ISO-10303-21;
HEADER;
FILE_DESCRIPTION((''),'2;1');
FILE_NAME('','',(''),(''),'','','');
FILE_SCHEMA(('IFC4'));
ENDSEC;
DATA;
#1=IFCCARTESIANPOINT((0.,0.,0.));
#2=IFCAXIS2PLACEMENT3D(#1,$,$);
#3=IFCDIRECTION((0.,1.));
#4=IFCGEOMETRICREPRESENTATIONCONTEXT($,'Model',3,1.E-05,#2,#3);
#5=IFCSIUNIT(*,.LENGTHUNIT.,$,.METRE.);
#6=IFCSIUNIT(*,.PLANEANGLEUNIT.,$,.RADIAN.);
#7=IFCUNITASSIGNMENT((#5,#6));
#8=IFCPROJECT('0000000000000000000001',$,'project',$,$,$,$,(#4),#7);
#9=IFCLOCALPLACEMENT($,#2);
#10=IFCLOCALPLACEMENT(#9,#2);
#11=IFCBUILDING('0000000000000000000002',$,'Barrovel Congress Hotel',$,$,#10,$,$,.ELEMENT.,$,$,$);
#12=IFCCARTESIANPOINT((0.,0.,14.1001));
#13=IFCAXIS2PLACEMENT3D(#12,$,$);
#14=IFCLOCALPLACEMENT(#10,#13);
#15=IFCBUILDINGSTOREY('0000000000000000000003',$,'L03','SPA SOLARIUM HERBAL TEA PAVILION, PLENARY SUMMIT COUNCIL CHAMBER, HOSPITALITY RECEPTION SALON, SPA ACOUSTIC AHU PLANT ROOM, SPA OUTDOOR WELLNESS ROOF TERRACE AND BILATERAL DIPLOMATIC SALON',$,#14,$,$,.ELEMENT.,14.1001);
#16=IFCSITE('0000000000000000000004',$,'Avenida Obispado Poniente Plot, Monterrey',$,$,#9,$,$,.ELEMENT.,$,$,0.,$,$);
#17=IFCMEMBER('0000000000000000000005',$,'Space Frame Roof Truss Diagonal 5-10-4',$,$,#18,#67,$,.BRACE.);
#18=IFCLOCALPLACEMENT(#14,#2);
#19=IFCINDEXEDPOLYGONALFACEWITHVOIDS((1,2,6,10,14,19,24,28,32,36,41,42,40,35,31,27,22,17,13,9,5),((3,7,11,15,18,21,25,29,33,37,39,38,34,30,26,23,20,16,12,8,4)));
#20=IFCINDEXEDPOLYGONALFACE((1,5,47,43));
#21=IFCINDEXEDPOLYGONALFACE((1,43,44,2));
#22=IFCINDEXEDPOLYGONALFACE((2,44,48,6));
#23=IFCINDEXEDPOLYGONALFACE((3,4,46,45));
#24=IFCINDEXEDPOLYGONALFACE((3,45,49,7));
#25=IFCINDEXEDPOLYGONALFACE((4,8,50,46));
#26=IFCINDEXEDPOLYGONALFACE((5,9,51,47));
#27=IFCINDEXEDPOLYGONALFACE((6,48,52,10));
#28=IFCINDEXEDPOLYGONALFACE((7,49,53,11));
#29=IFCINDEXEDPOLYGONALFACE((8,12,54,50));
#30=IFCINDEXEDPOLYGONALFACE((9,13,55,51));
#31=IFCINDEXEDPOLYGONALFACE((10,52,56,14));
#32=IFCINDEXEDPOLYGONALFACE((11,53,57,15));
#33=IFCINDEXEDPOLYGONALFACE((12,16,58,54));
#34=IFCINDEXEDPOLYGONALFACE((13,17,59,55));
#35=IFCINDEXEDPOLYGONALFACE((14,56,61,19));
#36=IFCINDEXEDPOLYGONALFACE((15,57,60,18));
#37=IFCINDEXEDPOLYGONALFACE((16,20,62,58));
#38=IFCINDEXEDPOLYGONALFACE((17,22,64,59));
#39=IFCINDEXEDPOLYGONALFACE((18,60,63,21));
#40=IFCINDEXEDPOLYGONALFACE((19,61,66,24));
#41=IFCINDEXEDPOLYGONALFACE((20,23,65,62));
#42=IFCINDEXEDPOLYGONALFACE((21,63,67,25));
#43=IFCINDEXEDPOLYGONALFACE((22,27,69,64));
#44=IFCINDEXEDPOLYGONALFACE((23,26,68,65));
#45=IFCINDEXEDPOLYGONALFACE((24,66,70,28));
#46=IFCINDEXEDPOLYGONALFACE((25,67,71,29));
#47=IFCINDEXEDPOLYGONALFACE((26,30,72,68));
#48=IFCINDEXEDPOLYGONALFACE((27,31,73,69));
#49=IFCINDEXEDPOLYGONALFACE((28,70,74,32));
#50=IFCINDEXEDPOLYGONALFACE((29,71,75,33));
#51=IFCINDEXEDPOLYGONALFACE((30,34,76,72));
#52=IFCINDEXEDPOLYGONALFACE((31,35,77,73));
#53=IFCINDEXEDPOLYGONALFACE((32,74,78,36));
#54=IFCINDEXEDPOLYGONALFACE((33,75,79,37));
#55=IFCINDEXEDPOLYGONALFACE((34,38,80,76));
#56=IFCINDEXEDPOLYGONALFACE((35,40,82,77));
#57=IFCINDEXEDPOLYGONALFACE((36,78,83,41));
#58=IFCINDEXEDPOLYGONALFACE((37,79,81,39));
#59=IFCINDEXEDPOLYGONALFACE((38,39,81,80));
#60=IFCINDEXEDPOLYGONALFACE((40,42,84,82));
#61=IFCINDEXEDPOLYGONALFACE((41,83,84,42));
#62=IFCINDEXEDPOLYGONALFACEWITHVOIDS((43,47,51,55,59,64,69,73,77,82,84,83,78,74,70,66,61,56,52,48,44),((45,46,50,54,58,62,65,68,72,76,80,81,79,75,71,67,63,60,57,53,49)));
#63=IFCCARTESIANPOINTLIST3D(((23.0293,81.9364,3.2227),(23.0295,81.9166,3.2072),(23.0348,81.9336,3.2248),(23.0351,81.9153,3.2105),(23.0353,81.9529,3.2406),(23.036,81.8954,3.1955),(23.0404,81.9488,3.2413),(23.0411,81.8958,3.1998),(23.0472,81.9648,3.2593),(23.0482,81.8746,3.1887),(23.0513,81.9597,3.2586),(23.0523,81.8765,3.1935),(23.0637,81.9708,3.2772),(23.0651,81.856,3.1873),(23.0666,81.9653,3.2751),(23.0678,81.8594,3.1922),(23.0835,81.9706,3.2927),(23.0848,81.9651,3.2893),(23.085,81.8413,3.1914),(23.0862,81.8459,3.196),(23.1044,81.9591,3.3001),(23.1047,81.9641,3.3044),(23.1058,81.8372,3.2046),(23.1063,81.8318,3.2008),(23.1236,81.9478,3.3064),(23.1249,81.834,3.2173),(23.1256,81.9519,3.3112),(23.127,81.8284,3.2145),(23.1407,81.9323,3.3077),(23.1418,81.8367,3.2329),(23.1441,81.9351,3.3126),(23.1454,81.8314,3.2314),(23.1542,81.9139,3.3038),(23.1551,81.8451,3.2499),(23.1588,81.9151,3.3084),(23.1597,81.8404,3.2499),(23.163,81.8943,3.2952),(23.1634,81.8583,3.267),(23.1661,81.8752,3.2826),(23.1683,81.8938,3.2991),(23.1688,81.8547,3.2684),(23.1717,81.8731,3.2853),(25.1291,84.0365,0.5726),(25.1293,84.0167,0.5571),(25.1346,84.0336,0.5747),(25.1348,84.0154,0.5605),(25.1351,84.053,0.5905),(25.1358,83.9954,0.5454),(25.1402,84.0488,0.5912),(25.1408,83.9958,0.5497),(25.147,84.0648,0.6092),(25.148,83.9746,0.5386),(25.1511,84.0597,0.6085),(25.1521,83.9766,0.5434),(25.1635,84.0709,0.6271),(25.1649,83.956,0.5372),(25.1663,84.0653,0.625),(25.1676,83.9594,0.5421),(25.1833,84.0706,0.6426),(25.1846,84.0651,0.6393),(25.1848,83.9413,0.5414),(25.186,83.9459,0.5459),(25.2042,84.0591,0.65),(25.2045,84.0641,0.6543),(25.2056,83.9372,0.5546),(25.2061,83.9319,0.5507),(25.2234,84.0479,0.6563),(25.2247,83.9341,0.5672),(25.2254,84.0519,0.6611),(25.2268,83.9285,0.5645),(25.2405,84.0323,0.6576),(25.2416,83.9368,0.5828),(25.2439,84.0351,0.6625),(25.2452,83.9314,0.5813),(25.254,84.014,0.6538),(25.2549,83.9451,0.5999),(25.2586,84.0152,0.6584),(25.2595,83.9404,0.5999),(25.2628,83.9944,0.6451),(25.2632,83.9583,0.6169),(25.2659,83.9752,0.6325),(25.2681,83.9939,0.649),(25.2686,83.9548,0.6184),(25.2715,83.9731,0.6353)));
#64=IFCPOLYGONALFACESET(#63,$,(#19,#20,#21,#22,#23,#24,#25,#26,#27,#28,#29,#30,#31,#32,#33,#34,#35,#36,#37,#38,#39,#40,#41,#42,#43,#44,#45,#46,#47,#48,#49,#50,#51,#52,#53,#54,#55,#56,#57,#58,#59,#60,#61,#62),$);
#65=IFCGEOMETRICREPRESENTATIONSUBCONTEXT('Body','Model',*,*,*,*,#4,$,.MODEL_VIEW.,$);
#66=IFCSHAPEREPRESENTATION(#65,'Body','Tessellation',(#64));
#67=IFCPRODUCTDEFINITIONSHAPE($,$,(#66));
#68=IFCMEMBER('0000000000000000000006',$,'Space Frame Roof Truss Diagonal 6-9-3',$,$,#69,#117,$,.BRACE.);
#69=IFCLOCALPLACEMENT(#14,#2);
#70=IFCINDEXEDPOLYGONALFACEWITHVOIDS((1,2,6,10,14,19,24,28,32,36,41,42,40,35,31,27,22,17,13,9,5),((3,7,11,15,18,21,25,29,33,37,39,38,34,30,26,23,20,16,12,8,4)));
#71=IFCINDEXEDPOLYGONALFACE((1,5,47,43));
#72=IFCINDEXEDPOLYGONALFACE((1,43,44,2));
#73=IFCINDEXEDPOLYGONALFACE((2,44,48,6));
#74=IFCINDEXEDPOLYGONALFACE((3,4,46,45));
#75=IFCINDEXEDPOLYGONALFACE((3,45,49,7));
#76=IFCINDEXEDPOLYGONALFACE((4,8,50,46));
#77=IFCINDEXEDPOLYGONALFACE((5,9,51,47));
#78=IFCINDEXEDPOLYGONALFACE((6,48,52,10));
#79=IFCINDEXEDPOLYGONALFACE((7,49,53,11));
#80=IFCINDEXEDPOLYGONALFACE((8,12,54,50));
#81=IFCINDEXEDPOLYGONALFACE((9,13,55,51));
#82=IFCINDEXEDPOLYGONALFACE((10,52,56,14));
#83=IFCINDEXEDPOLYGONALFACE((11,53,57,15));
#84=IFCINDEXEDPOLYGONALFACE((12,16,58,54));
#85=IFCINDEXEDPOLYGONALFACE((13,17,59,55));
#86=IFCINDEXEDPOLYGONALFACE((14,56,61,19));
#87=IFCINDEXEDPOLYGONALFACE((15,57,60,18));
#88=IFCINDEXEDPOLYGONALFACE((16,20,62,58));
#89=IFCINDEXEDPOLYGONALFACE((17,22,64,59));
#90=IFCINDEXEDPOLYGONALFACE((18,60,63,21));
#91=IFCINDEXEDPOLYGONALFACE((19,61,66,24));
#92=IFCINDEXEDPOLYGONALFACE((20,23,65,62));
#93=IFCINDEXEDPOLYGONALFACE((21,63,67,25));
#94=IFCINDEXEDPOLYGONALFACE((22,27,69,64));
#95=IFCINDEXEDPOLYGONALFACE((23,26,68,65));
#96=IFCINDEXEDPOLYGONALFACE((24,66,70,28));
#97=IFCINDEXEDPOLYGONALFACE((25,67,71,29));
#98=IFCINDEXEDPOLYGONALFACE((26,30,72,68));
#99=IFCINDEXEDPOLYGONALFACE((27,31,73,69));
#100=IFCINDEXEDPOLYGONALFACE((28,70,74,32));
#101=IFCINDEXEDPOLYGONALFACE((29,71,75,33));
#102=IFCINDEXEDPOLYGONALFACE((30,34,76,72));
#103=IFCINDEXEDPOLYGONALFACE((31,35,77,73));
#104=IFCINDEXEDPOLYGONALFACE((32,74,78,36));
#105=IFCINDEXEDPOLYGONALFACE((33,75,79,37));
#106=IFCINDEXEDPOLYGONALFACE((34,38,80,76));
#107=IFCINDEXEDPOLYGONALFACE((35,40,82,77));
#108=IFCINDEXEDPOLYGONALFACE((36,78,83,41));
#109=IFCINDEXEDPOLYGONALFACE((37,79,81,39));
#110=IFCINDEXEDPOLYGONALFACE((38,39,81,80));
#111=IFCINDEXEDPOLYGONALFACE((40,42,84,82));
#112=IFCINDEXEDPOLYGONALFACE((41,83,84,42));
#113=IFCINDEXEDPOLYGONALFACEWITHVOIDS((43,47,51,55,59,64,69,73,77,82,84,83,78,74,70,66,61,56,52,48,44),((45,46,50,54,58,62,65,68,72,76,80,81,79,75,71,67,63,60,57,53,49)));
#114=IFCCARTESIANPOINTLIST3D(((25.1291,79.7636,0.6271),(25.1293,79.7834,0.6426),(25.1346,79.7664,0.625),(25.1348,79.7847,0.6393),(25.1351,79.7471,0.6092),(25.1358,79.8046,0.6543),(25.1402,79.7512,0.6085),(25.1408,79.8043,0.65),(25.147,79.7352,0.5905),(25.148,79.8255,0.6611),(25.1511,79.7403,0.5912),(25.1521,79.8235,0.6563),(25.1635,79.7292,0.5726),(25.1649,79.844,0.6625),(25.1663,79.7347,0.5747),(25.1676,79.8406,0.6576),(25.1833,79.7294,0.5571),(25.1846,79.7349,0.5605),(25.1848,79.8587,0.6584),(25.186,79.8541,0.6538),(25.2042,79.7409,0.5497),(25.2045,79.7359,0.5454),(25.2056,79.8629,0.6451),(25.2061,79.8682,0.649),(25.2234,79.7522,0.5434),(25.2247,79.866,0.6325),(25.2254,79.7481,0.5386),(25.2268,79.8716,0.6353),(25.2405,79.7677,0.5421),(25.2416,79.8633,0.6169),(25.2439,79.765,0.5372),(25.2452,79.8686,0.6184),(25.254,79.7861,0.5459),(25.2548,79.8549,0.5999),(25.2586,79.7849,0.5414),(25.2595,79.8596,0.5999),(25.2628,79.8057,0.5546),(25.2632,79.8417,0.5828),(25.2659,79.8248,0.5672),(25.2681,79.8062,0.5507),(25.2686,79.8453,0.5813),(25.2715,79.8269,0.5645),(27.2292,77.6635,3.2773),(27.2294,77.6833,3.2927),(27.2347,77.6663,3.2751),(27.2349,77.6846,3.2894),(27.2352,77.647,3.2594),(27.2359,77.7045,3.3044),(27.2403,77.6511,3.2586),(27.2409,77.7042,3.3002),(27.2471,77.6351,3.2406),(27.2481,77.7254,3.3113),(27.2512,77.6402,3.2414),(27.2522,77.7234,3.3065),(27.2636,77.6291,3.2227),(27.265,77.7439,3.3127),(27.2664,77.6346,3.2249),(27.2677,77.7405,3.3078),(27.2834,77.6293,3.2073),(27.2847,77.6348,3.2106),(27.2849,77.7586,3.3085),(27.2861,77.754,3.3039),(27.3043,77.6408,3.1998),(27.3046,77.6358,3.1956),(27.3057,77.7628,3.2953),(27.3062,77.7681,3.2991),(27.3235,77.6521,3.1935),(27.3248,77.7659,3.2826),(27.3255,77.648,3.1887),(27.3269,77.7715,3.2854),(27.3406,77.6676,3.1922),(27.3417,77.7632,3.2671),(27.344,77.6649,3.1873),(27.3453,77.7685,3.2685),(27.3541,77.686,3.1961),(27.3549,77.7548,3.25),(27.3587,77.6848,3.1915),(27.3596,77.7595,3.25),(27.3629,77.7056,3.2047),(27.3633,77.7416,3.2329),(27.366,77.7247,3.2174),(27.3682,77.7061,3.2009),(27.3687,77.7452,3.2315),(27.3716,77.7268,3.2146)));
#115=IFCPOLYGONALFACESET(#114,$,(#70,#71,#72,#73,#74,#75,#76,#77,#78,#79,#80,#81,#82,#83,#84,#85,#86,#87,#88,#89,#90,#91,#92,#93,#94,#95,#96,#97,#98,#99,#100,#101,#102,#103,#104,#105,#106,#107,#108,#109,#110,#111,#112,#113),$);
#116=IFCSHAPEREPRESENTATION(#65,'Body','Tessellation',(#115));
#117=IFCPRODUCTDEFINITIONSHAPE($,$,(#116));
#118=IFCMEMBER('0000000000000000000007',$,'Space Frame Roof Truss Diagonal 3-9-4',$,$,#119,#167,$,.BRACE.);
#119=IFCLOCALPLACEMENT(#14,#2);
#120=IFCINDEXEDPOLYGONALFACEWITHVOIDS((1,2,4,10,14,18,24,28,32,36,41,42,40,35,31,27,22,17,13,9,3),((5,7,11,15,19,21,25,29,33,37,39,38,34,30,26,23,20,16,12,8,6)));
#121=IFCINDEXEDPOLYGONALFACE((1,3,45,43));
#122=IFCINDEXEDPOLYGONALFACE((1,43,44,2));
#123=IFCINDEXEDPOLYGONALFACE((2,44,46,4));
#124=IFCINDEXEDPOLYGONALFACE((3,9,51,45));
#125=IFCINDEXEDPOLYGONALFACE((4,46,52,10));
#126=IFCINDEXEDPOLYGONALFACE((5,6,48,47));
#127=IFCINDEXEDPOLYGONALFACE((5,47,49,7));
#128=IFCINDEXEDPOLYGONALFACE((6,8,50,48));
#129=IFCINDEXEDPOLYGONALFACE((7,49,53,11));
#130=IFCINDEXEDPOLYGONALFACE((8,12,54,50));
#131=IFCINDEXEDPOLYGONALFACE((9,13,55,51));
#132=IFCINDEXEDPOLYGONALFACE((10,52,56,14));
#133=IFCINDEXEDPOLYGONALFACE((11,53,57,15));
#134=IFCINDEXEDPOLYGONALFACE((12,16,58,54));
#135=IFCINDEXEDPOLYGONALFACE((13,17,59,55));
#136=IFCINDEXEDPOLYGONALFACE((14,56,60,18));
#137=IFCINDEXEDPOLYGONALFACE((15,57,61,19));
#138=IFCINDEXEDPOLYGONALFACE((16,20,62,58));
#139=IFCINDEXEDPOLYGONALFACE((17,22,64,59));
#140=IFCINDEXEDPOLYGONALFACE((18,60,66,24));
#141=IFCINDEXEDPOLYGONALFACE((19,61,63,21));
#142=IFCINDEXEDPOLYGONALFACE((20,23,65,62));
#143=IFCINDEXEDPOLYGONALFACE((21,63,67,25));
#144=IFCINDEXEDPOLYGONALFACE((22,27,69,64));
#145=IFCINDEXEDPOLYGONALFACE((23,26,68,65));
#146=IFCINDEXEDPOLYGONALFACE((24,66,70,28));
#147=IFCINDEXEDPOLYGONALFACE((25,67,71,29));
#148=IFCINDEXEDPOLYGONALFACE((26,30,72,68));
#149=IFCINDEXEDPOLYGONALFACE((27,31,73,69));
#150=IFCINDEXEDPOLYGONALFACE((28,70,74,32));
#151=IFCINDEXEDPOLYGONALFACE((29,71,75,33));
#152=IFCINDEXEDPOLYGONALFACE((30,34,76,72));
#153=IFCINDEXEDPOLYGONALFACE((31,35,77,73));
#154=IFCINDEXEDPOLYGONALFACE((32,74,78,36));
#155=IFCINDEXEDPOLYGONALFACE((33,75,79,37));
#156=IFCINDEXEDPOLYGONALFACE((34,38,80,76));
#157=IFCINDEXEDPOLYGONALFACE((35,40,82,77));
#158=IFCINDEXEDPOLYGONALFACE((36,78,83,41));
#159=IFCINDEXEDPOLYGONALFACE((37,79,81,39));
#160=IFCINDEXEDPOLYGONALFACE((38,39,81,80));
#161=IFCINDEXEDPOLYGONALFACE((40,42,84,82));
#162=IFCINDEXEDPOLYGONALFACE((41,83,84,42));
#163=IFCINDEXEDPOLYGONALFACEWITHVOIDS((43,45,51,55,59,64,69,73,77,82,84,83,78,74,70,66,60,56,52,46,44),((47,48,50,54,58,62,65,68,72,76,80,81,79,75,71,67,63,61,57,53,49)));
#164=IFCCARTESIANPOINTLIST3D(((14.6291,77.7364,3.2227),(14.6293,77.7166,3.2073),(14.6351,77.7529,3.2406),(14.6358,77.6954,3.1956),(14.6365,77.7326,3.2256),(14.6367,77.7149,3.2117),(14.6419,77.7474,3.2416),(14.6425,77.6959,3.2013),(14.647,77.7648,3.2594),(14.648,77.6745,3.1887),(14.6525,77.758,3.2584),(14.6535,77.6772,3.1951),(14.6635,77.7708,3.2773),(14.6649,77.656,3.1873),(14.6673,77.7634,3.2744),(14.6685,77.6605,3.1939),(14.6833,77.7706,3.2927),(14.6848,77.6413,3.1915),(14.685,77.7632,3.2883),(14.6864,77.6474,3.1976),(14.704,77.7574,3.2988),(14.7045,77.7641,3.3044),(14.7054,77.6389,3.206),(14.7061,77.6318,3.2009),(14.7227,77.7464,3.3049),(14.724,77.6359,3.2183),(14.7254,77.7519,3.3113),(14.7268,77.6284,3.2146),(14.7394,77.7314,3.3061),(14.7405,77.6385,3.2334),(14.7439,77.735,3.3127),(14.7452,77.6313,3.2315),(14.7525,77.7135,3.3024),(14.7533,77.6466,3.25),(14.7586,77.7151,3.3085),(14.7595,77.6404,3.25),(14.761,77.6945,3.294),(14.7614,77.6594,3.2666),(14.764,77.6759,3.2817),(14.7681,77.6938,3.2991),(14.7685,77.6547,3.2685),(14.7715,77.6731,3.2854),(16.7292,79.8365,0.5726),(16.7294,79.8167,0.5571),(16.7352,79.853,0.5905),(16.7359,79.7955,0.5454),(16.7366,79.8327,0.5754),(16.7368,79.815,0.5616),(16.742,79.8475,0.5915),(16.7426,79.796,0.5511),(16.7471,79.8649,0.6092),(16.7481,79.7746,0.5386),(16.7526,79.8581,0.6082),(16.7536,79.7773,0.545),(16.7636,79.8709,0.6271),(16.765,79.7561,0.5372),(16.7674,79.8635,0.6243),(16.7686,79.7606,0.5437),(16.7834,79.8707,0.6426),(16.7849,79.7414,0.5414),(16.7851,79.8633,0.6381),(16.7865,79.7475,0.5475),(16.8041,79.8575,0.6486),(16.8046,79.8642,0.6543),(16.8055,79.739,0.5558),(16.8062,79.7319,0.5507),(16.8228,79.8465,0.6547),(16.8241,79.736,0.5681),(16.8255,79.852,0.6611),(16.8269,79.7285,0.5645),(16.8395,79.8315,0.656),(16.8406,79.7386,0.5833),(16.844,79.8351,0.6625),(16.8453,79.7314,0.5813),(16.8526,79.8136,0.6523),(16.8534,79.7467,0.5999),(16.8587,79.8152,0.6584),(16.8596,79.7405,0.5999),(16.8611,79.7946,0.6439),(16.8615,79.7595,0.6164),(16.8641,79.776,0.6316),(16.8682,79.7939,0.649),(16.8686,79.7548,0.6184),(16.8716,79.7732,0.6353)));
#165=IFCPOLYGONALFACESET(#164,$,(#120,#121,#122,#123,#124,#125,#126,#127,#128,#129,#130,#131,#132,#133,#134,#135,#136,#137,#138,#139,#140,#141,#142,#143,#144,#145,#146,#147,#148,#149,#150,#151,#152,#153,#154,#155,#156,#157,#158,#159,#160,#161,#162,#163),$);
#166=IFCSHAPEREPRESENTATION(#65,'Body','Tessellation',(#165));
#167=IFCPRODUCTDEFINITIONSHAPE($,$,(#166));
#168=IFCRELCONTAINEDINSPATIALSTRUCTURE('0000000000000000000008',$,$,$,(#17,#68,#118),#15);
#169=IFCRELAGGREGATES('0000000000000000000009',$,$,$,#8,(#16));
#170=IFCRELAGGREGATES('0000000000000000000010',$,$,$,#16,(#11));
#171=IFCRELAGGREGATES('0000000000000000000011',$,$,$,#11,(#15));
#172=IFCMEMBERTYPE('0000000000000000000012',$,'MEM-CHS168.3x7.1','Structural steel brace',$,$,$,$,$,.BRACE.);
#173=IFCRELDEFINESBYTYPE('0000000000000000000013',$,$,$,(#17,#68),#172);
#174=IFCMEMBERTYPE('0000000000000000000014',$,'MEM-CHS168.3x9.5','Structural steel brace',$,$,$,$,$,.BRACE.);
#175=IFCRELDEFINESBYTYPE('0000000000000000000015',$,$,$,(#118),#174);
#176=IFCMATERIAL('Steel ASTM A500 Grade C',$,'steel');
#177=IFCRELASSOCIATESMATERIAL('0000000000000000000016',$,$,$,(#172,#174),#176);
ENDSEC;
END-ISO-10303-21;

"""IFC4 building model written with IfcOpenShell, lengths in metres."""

from ifc_helpers import new_model, si_unit, direction, frame, origin, origin_2d, place, context, subcontext, project, spatial, hollow_circle, extrude, material, material_profile, profile_set, type_object, element, save


model = new_model("IFC4")

# Units and contexts
model_context = context("Model", 3, precision=1e-05, world=origin(), true_north=direction((0.0, 1.0)))
body_context = subcontext(model_context, "Body", "Model", "MODEL_VIEW")
ifc_project = project(units=[si_unit("LENGTHUNIT", "METRE"), si_unit("PLANEANGLEUNIT", "RADIAN")], contexts=[model_context])

# Site, building, storey
site_placement = place(None, origin())
site = spatial("IfcSite", under=ifc_project, at=site_placement, Name="Avenida Obispado Poniente Plot, Monterrey", CompositionType="ELEMENT", RefElevation=0.0)
building_placement = place(site_placement, origin())
building = spatial("IfcBuilding", under=site, at=building_placement, Name="Barrovel Congress Hotel", CompositionType="ELEMENT")
storey_placement = place(building_placement, frame((0.0, 0.0, 14.1001)))
storey = spatial("IfcBuildingStorey", under=building, at=storey_placement, Name="L03", Description="SPA SOLARIUM HERBAL TEA PAVILION, PLENARY SUMMIT COUNCIL CHAMBER, HOSPITALITY RECEPTION SALON, SPA ACOUSTIC AHU PLANT ROOM, SPA OUTDOOR WELLNESS ROOF TERRACE AND BILATERAL DIPLOMATIC SALON", CompositionType="ELEMENT", Elevation=14.1001)

# Members
ifc_material_1 = material(Name="Steel ASTM A500 Grade C", Category="steel")
ifc_material_profile_1 = material_profile(ifc_material_1, hollow_circle(Radius=0.0842, WallThickness=0.0066, at=origin_2d()), Name="CHS168.3x7.1")
ifc_profile_set_1 = profile_set([ifc_material_profile_1], Name="Steel ASTM A500 Grade C")
member_type_1 = type_object("IfcMemberType", Name="MEM-CHS168.3x7.1", Description="Structural steel brace", PredefinedType="BRACE", material=ifc_profile_set_1)
member_1_placement = place(storey_placement, frame((25.2, 84.0, 0.5999), z_axis=(-0.527557, -0.527618, 0.66581), x_axis=(0.707148, -0.707066, 0.0)))
element("IfcMember", 1, at=member_1_placement, inside=storey, type_object=member_type_1, Name="Space Frame Roof Truss Diagonal 5-10-4", PredefinedType="BRACE", context=body_context, shape_type="SweptSolid", body=[
    extrude(hollow_circle(Radius=0.0842, WallThickness=0.0066, at=origin_2d()), origin(), (0.0, 0.0, 1.0), 3.9802),
])
member_2_placement = place(storey_placement, frame((25.2, 79.8, 0.5999), z_axis=(0.527601, -0.527601, 0.665788), x_axis=(0.707107, 0.707107, 0.0)))
element("IfcMember", 2, at=member_2_placement, inside=storey, type_object=member_type_1, Name="Space Frame Roof Truss Diagonal 6-9-3", PredefinedType="BRACE", context=body_context, shape_type="SweptSolid", body=[
    extrude(hollow_circle(Radius=0.0842, WallThickness=0.0066, at=origin_2d()), origin(), (0.0, 0.0, 1.0), 3.9805),
])
ifc_material_profile_2 = material_profile(ifc_material_1, hollow_circle(Radius=0.0842, WallThickness=0.0088, at=origin_2d()), Name="CHS168.3x9.5")
ifc_profile_set_2 = profile_set([ifc_material_profile_2], Name="Steel ASTM A500 Grade C")
member_type_2 = type_object("IfcMemberType", Name="MEM-CHS168.3x9.5", Description="Structural steel brace", PredefinedType="BRACE", material=ifc_profile_set_2)
for number, where, z_axis, x_axis, name in (
    (3, (16.8, 79.8, 0.5999), (-0.527601, -0.527601, 0.665788), (0.707107, -0.707107, 0.0), "Space Frame Roof Truss Diagonal 3-9-4"),
):
    element("IfcMember", number, at=place(storey_placement, frame(where, z_axis=z_axis, x_axis=x_axis)), inside=storey, type_object=member_type_2, Name=name, PredefinedType="BRACE", context=body_context, shape_type="SweptSolid", body=[
        extrude(hollow_circle(Radius=0.0842, WallThickness=0.0088, at=origin_2d()), origin(), (0.0, 0.0, 1.0), 3.9805),
    ])

save(model, "model.ifc")
